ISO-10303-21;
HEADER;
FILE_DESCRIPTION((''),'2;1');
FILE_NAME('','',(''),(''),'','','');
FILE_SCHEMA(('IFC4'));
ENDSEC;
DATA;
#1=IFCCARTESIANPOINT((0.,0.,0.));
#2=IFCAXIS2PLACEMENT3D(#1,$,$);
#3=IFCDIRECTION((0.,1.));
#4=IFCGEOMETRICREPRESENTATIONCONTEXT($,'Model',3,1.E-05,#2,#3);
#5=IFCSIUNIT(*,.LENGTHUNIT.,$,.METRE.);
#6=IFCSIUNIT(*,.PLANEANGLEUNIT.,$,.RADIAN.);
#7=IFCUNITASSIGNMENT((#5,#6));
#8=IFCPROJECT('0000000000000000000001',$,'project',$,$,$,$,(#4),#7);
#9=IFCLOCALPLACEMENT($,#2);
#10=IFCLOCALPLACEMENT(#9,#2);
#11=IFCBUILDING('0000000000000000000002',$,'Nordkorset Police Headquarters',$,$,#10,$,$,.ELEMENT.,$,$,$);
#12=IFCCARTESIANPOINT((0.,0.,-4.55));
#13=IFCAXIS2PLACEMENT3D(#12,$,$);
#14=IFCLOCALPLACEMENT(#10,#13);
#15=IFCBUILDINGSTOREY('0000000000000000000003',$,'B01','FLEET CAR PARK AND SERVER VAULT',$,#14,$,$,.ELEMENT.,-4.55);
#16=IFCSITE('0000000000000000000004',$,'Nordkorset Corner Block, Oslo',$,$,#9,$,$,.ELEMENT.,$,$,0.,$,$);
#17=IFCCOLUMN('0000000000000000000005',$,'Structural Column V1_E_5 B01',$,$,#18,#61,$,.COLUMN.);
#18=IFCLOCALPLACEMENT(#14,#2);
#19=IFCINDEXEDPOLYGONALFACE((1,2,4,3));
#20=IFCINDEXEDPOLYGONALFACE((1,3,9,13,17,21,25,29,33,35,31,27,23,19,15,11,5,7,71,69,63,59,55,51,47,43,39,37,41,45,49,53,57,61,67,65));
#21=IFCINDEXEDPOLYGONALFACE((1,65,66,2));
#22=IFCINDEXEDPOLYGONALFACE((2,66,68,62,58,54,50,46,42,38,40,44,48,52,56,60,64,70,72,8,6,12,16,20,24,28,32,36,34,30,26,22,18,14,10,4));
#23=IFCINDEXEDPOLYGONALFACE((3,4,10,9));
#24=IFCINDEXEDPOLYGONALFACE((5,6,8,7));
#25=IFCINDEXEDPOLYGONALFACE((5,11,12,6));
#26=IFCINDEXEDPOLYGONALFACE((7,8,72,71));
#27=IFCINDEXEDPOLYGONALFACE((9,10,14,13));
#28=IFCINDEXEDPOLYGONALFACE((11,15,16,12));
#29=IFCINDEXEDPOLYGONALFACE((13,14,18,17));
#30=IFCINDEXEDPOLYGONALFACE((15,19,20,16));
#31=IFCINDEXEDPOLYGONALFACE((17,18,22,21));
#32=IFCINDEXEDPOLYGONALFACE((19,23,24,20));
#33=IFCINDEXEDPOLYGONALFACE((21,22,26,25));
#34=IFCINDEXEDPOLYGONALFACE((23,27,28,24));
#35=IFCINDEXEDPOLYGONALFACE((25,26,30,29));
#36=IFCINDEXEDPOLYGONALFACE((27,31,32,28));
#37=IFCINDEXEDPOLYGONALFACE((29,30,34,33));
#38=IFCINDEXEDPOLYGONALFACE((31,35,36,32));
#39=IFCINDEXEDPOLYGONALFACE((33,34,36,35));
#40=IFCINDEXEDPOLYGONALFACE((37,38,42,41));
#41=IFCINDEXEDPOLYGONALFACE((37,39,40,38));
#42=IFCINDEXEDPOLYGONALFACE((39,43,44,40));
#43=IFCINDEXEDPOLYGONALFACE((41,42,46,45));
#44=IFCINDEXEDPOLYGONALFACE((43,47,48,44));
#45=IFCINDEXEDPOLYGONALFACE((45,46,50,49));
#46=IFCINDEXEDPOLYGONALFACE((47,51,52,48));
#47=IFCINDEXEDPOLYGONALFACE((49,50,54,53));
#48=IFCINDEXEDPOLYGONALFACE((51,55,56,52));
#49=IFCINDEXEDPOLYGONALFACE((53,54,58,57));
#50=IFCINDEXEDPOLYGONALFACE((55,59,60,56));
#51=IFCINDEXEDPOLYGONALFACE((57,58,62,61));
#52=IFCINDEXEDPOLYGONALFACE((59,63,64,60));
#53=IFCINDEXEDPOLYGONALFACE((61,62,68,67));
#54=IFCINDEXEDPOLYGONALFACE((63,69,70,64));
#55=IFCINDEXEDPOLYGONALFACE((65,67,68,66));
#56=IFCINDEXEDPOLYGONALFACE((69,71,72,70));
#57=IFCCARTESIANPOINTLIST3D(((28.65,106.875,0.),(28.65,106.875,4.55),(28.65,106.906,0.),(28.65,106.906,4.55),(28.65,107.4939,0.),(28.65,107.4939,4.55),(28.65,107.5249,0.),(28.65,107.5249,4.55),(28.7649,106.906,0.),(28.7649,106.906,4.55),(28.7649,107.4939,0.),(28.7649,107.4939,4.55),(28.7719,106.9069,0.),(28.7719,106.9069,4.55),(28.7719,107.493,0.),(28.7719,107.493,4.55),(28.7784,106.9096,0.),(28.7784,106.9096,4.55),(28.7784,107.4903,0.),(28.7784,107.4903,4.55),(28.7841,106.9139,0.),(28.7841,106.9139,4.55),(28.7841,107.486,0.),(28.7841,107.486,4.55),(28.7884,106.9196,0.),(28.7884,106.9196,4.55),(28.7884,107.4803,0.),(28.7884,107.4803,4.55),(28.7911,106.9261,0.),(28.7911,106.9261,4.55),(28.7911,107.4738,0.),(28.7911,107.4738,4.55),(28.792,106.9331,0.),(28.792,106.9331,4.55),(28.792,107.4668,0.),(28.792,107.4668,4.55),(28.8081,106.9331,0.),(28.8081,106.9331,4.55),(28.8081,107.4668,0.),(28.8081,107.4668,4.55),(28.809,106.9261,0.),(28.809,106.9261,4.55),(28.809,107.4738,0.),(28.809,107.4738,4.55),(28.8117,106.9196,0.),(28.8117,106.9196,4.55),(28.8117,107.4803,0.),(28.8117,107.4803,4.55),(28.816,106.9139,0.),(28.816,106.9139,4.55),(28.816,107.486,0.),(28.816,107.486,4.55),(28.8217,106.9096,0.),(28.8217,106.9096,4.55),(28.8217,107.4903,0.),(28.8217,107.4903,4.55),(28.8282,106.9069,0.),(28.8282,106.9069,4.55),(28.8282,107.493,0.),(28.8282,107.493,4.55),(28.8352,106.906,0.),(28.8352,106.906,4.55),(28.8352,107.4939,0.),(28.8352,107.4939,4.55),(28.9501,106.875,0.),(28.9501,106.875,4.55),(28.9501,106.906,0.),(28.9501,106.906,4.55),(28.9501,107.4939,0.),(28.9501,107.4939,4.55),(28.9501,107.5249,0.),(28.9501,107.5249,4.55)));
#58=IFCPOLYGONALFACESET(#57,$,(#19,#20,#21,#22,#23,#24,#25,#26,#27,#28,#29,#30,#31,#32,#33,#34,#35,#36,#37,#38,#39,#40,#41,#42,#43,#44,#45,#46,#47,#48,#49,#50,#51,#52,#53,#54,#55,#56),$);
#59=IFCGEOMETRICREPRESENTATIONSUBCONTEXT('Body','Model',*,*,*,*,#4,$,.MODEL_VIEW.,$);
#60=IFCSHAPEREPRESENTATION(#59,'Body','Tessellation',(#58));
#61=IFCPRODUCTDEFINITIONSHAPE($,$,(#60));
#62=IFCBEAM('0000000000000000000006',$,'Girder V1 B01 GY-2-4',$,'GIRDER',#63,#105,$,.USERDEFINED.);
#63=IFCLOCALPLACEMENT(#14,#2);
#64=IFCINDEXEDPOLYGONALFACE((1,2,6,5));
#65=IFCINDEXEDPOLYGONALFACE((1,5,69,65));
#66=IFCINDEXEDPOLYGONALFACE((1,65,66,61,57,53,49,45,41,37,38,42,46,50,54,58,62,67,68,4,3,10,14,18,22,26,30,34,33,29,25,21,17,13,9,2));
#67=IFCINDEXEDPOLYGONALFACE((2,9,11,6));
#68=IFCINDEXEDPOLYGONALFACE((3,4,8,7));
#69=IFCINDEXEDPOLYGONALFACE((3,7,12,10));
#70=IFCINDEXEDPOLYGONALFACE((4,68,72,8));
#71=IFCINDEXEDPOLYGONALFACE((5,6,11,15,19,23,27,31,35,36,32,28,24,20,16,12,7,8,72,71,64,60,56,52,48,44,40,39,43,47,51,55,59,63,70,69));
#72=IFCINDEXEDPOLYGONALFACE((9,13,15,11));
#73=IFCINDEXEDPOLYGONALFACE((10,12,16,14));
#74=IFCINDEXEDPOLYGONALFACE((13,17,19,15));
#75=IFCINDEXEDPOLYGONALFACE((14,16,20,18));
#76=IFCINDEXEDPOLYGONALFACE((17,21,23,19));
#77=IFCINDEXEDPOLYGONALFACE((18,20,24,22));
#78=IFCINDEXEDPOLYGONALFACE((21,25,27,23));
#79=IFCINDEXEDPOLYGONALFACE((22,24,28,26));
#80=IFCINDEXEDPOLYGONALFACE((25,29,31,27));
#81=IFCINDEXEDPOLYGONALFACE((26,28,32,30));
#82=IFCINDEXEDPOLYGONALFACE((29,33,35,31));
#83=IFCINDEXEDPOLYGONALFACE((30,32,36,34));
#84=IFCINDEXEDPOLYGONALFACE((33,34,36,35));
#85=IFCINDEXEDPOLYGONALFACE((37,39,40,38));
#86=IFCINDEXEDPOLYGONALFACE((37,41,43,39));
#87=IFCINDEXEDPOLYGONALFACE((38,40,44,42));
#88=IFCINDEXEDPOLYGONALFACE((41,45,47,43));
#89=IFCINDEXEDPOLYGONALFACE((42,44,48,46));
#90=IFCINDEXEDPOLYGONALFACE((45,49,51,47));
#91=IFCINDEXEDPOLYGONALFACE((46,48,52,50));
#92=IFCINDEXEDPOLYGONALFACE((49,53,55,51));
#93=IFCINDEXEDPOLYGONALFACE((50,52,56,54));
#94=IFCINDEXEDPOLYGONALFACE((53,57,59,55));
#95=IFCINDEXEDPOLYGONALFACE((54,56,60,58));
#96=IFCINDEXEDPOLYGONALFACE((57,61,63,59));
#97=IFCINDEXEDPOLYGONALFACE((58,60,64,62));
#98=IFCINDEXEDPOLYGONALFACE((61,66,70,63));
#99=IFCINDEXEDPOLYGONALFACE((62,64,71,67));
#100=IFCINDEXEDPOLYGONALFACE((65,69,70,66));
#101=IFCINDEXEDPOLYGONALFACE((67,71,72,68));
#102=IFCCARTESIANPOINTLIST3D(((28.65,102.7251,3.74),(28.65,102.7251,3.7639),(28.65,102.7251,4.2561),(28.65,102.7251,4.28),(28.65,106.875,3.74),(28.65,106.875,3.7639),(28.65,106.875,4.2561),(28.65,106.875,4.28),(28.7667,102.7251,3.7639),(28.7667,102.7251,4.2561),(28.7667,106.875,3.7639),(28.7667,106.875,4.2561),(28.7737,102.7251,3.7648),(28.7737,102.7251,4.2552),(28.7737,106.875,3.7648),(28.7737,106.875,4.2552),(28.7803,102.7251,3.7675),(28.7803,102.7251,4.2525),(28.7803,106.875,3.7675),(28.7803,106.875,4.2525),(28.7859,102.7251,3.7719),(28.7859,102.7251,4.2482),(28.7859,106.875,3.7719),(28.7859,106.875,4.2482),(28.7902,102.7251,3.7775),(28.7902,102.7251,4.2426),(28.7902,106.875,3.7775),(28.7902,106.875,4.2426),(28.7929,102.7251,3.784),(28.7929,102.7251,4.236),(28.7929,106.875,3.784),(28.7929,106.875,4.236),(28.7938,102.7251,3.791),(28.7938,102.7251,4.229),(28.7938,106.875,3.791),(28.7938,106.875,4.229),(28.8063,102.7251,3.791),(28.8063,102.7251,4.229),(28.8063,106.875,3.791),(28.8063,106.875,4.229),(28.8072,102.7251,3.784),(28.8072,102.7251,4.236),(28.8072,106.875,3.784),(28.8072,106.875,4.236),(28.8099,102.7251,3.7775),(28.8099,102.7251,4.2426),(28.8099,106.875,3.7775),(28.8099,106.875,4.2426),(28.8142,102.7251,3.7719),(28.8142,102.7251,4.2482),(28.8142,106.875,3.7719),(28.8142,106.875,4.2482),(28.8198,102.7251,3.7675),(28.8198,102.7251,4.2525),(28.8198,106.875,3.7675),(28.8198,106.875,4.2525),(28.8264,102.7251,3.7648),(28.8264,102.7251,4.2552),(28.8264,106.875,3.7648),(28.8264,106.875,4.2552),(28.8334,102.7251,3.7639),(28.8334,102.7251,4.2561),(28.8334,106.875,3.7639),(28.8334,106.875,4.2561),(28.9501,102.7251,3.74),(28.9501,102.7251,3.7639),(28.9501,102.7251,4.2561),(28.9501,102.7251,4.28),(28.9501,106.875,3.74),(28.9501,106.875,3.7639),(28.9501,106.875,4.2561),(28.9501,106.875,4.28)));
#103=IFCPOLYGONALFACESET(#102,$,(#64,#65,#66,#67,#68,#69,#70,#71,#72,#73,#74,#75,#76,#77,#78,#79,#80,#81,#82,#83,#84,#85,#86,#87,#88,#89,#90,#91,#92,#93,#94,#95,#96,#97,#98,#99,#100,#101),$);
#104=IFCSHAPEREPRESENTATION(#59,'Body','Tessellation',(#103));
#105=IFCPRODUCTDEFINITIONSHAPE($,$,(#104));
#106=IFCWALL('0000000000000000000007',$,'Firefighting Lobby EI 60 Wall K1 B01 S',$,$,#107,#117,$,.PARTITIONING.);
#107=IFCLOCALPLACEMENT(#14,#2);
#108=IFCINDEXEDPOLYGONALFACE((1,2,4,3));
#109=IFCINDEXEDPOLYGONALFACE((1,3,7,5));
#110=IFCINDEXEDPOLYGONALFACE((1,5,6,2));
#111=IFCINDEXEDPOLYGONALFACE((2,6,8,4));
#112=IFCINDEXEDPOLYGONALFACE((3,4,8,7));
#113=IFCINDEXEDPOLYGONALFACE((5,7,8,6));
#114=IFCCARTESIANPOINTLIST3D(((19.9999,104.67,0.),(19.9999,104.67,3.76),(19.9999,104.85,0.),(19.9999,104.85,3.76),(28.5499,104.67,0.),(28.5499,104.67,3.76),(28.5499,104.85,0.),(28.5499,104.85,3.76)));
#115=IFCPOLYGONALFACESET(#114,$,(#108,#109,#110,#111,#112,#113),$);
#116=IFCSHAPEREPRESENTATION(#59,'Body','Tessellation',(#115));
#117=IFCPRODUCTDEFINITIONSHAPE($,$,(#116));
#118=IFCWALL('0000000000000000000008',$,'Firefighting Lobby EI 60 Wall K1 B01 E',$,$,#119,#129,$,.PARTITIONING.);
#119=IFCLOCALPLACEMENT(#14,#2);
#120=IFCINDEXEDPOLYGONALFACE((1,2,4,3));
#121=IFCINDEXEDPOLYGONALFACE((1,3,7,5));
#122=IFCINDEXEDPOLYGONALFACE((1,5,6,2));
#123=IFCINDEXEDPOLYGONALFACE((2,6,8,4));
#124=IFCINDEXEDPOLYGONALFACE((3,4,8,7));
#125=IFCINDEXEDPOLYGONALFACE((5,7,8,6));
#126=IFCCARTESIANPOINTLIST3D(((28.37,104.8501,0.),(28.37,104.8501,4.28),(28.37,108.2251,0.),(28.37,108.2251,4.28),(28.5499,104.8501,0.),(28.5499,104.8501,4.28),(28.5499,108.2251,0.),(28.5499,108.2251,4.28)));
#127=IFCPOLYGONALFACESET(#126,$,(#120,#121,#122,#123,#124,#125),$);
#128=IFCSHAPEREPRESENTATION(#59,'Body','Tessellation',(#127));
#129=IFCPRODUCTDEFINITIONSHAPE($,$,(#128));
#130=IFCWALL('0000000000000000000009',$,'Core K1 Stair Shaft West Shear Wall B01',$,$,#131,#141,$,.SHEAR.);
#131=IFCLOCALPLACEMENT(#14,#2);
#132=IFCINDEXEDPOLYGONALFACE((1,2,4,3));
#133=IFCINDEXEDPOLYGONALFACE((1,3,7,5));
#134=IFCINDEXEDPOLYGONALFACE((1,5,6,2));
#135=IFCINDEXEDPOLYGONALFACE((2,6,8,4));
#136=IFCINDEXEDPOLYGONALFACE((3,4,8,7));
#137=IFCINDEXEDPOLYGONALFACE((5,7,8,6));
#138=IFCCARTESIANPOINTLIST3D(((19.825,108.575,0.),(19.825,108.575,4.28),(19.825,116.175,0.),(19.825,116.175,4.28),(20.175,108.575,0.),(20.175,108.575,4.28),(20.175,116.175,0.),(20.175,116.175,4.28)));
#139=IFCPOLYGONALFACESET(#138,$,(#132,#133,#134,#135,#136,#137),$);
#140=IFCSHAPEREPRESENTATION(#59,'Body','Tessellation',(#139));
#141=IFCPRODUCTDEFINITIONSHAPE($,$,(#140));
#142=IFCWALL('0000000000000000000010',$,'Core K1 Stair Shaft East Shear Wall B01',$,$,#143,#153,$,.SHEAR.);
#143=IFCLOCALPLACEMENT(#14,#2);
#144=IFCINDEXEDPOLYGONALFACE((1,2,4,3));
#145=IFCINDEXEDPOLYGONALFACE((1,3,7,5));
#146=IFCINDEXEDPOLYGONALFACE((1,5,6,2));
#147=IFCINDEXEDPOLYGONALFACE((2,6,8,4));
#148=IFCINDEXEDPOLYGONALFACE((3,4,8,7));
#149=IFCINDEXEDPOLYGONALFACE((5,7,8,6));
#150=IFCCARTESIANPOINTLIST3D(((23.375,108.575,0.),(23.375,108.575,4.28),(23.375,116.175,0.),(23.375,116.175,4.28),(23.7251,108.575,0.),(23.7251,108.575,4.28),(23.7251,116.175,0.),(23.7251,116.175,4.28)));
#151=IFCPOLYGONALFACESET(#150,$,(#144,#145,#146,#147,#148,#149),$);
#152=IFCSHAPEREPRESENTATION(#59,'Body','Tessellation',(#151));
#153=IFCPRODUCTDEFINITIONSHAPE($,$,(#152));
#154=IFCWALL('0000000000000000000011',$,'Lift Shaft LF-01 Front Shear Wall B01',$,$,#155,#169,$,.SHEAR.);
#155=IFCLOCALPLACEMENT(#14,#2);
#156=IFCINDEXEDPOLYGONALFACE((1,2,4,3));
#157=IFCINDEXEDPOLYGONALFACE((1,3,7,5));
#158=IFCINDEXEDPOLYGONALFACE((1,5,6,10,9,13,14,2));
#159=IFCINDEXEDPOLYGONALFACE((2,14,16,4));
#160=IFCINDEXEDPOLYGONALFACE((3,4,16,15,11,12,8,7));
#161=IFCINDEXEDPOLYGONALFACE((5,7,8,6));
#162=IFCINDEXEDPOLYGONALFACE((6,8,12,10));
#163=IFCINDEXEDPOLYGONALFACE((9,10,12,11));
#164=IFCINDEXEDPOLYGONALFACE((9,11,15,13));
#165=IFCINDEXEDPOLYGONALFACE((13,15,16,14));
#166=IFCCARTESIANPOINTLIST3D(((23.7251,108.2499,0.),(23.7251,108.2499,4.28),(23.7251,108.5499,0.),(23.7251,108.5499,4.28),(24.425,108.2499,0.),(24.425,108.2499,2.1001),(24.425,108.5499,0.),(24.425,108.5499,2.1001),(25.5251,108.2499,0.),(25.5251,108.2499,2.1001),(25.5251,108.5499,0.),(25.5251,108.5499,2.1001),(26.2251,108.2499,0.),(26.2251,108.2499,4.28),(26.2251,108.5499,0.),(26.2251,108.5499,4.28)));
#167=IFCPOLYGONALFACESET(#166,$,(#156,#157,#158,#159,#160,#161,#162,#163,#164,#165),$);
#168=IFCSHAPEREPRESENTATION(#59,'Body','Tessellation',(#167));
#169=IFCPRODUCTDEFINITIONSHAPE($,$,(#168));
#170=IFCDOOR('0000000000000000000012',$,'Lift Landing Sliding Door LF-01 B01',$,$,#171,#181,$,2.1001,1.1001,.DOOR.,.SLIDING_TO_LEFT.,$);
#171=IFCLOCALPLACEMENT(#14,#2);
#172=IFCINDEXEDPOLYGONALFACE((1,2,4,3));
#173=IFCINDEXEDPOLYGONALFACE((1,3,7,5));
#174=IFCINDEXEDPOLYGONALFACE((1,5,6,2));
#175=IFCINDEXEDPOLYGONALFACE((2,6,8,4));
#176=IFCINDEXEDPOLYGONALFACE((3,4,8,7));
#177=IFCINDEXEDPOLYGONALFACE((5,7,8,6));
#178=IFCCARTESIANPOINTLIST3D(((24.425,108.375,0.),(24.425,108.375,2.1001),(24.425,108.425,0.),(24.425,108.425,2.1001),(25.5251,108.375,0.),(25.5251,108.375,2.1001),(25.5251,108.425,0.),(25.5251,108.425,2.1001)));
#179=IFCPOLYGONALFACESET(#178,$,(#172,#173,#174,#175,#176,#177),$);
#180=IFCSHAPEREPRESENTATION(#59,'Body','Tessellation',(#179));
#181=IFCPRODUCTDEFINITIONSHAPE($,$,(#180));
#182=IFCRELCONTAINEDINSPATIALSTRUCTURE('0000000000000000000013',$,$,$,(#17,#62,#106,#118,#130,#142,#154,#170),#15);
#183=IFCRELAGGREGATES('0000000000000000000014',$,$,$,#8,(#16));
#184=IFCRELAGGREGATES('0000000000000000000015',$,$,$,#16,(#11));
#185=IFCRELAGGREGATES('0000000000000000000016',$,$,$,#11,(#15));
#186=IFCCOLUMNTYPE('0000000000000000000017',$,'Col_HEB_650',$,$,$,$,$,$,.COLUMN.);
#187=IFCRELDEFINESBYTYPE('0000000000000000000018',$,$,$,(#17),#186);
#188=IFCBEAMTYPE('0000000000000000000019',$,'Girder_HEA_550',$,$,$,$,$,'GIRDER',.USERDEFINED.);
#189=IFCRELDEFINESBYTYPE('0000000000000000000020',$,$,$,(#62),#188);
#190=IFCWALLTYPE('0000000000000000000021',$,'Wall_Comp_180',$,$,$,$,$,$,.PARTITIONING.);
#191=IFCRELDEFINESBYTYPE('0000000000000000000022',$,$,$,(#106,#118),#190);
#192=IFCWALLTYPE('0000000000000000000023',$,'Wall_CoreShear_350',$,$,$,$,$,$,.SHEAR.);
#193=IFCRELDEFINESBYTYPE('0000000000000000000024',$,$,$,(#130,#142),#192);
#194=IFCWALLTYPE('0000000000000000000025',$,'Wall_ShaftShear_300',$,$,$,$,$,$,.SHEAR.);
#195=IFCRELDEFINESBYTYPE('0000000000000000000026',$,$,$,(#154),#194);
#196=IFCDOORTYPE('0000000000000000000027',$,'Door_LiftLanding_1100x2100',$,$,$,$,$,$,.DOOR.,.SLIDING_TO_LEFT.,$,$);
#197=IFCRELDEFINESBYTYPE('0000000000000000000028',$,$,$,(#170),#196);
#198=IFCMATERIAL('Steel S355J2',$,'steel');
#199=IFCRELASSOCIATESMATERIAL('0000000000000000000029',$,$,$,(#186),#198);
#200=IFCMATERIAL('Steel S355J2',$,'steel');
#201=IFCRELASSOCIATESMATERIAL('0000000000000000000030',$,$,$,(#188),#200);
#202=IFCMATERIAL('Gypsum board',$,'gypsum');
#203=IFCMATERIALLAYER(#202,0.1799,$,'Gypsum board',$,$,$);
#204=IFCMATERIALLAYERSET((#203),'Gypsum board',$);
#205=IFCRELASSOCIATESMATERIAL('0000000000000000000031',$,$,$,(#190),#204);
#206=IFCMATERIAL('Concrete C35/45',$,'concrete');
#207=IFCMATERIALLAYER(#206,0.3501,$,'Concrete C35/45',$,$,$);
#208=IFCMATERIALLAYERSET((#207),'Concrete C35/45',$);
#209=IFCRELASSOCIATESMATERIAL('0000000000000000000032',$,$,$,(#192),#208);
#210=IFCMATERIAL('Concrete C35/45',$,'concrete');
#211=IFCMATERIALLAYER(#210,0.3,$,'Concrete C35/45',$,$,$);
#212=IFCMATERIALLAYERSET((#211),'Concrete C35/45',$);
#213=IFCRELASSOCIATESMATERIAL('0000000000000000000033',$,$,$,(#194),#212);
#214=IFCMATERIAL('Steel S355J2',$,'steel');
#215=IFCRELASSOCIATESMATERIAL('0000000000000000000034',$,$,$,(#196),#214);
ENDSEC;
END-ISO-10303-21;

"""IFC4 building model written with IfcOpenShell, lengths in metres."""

from ifc_helpers import new_model, si_unit, direction, frame, frame_2d, origin, origin_2d, place, context, subcontext, project, spatial, rectangle, i_section, extrude, material, layer, layer_set, material_profile, profile_set, type_object, element, fill, save


model = new_model("IFC4")

# Units and contexts
model_context = context("Model", 3, precision=1e-05, world=origin(), true_north=direction((0.0, 1.0)))
body_context = subcontext(model_context, "Body", "Model", "MODEL_VIEW")
ifc_project = project(units=[si_unit("LENGTHUNIT", "METRE"), si_unit("PLANEANGLEUNIT", "RADIAN")], contexts=[model_context])

# Site, building, storey
site_placement = place(None, origin())
site = spatial("IfcSite", under=ifc_project, at=site_placement, Name="Nordkorset Corner Block, Oslo", CompositionType="ELEMENT", RefElevation=0.0)
building_placement = place(site_placement, origin())
building = spatial("IfcBuilding", under=site, at=building_placement, Name="Nordkorset Police Headquarters", CompositionType="ELEMENT")
storey_placement = place(building_placement, frame((0.0, 0.0, -4.55)))
storey = spatial("IfcBuildingStorey", under=building, at=storey_placement, Name="B01", Description="FLEET CAR PARK AND SERVER VAULT", CompositionType="ELEMENT", Elevation=-4.55)

# Column
ifc_material_1 = material(Name="Steel S355J2", Category="steel")
ifc_material_profile_1 = material_profile(ifc_material_1, i_section(OverallWidth=0.3, OverallDepth=0.6499, WebThickness=0.0161, FlangeThickness=0.031, FilletRadius=0.0271, at=origin_2d()), Name="HEB 650")
ifc_profile_set_1 = profile_set([ifc_material_profile_1], Name="Steel S355J2")
column_type = type_object("IfcColumnType", Name="Col_HEB_650", PredefinedType="COLUMN", material=ifc_profile_set_1)
column_placement = place(storey_placement, frame((28.8, 107.2, 0.0), z_axis=(0.0, 0.0, 1.0), x_axis=(1.0, 0.0, 0.0)))
element("IfcColumn", 1, at=column_placement, inside=storey, type_object=column_type, Name="Structural Column V1_E_5 B01", PredefinedType="COLUMN", context=body_context, shape_type="SweptSolid", body=[
    extrude(i_section(OverallWidth=0.3, OverallDepth=0.6499, WebThickness=0.0161, FlangeThickness=0.031, FilletRadius=0.0271, at=origin_2d()), origin(), (0.0, 0.0, 1.0), 4.55),
])

# Beam
ifc_material_2 = material(Name="Steel S355J2", Category="steel")
ifc_material_profile_2 = material_profile(ifc_material_2, i_section(OverallWidth=0.3, OverallDepth=0.54, WebThickness=0.0125, FlangeThickness=0.0239, FilletRadius=0.0271, at=origin_2d()), Name="HEA 550")
ifc_profile_set_2 = profile_set([ifc_material_profile_2], Name="Steel S355J2")
beam_type = type_object("IfcBeamType", Name="Girder_HEA_550", ElementType="GIRDER", PredefinedType="USERDEFINED", material=ifc_profile_set_2)
beam_placement = place(storey_placement, frame((28.8, 102.7251, 4.01), z_axis=(0.0, 1.0, 0.0), x_axis=(-1.0, 0.0, 0.0)))
element("IfcBeam", 2, at=beam_placement, inside=storey, type_object=beam_type, Name="Girder V1 B01 GY-2-4", ObjectType="GIRDER", PredefinedType="USERDEFINED", context=body_context, shape_type="SweptSolid", body=[
    extrude(i_section(OverallWidth=0.3, OverallDepth=0.54, WebThickness=0.0125, FlangeThickness=0.0239, FilletRadius=0.0271, at=origin_2d()), origin(), (0.0, 0.0, 1.0), 4.1499),
])

# Wall
ifc_material_3 = material(Name="Gypsum board", Category="gypsum")
ifc_layer_1 = layer(ifc_material_3, 0.1799, Name="Gypsum board")
ifc_layer_set_1 = layer_set([ifc_layer_1], Name="Gypsum board")
wall_type_1 = type_object("IfcWallType", Name="Wall_Comp_180", PredefinedType="PARTITIONING", material=ifc_layer_set_1)
wall_1_placement = place(storey_placement, frame((20.0, 104.76, 0.0), z_axis=(0.0, 0.0, 1.0), x_axis=(1.0, 0.0, 0.0)))
element("IfcWall", 3, at=wall_1_placement, inside=storey, type_object=wall_type_1, Name="Firefighting Lobby EI 60 Wall K1 B01 S", PredefinedType="PARTITIONING", context=body_context, shape_type="SweptSolid", body=[
    extrude(rectangle(XDim=8.55, YDim=0.1799, at=frame_2d((4.2749, 0.0))), origin(), (0.0, 0.0, 1.0), 3.76),
])

# Walls
wall_2_placement = place(storey_placement, frame((28.46, 104.8501, 0.0), z_axis=(0.0, 0.0, 1.0), x_axis=(0.0, 1.0, 0.0)))
element("IfcWall", 4, at=wall_2_placement, inside=storey, type_object=wall_type_1, Name="Firefighting Lobby EI 60 Wall K1 B01 E", PredefinedType="PARTITIONING", context=body_context, shape_type="SweptSolid", body=[
    extrude(rectangle(XDim=3.375, YDim=0.1799, at=frame_2d((1.6875, 0.0))), origin(), (0.0, 0.0, 1.0), 4.28),
])
ifc_material_4 = material(Name="Concrete C35/45", Category="concrete")
ifc_layer_2 = layer(ifc_material_4, 0.3501, Name="Concrete C35/45")
ifc_layer_set_2 = layer_set([ifc_layer_2], Name="Concrete C35/45")
wall_type_2 = type_object("IfcWallType", Name="Wall_CoreShear_350", PredefinedType="SHEAR", material=ifc_layer_set_2)
for number, where, z_axis, x_axis, name in (
    (5, (20.0, 108.575, 0.0), (0.0, 0.0, 1.0), (0.0, 1.0, 0.0), "Core K1 Stair Shaft West Shear Wall B01"),
    (6, (23.55, 108.575, 0.0), (0.0, 0.0, 1.0), (0.0, 1.0, 0.0), "Core K1 Stair Shaft East Shear Wall B01"),
):
    element("IfcWall", number, at=place(storey_placement, frame(where, z_axis=z_axis, x_axis=x_axis)), inside=storey, type_object=wall_type_2, Name=name, PredefinedType="SHEAR", context=body_context, shape_type="SweptSolid", body=[
        extrude(rectangle(XDim=7.6001, YDim=0.3501, at=frame_2d((3.8, 0.0))), origin(), (0.0, 0.0, 1.0), 4.28),
    ])

# Wall, opening, door
ifc_material_5 = material(Name="Concrete C35/45", Category="concrete")
ifc_layer_3 = layer(ifc_material_5, 0.3, Name="Concrete C35/45")
ifc_layer_set_3 = layer_set([ifc_layer_3], Name="Concrete C35/45")
wall_type_3 = type_object("IfcWallType", Name="Wall_ShaftShear_300", PredefinedType="SHEAR", material=ifc_layer_set_3)
wall_3_placement = place(storey_placement, frame((23.7251, 108.3999, 0.0), z_axis=(0.0, 0.0, 1.0), x_axis=(1.0, 0.0, 0.0)))
wall_3 = element("IfcWall", 7, at=wall_3_placement, inside=storey, type_object=wall_type_3, Name="Lift Shaft LF-01 Front Shear Wall B01", PredefinedType="SHEAR", context=body_context, shape_type="SweptSolid", body=[
    extrude(rectangle(XDim=2.5, YDim=0.3, at=frame_2d((1.25, 0.0))), origin(), (0.0, 0.0, 1.0), 4.28),
])
opening_1_placement = place(wall_3_placement, frame((0.7, 0.0, 0.0)))
opening_1 = element("IfcOpeningElement", 8, at=opening_1_placement, cuts=wall_3, PredefinedType="OPENING", context=body_context, shape_type="SweptSolid", body=[
    extrude(rectangle(XDim=1.1001, YDim=2.1001, at=frame_2d((0.55, 1.05))), frame((0.0, 0.1602, 0.0), z_axis=(0.0, -1.0, 0.0), x_axis=(1.0, 0.0, 0.0)), (0.0, 0.0, 1.0), 0.3201),
])
ifc_material_6 = material(Name="Steel S355J2", Category="steel")
door_type_1 = type_object("IfcDoorType", Name="Door_LiftLanding_1100x2100", OperationType="SLIDING_TO_LEFT", PredefinedType="DOOR", material=ifc_material_6)
door_1_placement = place(opening_1_placement, frame((1.1001, 0.0, 0.0), z_axis=(0.0, 0.0, 1.0), x_axis=(-1.0, 0.0, 0.0)))
door_1 = element("IfcDoor", 9, at=door_1_placement, inside=storey, type_object=door_type_1, Name="Lift Landing Sliding Door LF-01 B01", OperationType="SLIDING_TO_LEFT", OverallHeight=2.1001, OverallWidth=1.1001, PredefinedType="DOOR", context=body_context, shape_type="SweptSolid", body=[
    extrude(rectangle(XDim=1.1001, YDim=2.1001, at=frame_2d((0.55, 1.05))), frame((0.0, 0.0249, 0.0), z_axis=(0.0, -1.0, 0.0), x_axis=(1.0, 0.0, 0.0)), (0.0, 0.0, 1.0), 0.05),
])
fill(opening_1, door_1)

save(model, "model.ifc")
